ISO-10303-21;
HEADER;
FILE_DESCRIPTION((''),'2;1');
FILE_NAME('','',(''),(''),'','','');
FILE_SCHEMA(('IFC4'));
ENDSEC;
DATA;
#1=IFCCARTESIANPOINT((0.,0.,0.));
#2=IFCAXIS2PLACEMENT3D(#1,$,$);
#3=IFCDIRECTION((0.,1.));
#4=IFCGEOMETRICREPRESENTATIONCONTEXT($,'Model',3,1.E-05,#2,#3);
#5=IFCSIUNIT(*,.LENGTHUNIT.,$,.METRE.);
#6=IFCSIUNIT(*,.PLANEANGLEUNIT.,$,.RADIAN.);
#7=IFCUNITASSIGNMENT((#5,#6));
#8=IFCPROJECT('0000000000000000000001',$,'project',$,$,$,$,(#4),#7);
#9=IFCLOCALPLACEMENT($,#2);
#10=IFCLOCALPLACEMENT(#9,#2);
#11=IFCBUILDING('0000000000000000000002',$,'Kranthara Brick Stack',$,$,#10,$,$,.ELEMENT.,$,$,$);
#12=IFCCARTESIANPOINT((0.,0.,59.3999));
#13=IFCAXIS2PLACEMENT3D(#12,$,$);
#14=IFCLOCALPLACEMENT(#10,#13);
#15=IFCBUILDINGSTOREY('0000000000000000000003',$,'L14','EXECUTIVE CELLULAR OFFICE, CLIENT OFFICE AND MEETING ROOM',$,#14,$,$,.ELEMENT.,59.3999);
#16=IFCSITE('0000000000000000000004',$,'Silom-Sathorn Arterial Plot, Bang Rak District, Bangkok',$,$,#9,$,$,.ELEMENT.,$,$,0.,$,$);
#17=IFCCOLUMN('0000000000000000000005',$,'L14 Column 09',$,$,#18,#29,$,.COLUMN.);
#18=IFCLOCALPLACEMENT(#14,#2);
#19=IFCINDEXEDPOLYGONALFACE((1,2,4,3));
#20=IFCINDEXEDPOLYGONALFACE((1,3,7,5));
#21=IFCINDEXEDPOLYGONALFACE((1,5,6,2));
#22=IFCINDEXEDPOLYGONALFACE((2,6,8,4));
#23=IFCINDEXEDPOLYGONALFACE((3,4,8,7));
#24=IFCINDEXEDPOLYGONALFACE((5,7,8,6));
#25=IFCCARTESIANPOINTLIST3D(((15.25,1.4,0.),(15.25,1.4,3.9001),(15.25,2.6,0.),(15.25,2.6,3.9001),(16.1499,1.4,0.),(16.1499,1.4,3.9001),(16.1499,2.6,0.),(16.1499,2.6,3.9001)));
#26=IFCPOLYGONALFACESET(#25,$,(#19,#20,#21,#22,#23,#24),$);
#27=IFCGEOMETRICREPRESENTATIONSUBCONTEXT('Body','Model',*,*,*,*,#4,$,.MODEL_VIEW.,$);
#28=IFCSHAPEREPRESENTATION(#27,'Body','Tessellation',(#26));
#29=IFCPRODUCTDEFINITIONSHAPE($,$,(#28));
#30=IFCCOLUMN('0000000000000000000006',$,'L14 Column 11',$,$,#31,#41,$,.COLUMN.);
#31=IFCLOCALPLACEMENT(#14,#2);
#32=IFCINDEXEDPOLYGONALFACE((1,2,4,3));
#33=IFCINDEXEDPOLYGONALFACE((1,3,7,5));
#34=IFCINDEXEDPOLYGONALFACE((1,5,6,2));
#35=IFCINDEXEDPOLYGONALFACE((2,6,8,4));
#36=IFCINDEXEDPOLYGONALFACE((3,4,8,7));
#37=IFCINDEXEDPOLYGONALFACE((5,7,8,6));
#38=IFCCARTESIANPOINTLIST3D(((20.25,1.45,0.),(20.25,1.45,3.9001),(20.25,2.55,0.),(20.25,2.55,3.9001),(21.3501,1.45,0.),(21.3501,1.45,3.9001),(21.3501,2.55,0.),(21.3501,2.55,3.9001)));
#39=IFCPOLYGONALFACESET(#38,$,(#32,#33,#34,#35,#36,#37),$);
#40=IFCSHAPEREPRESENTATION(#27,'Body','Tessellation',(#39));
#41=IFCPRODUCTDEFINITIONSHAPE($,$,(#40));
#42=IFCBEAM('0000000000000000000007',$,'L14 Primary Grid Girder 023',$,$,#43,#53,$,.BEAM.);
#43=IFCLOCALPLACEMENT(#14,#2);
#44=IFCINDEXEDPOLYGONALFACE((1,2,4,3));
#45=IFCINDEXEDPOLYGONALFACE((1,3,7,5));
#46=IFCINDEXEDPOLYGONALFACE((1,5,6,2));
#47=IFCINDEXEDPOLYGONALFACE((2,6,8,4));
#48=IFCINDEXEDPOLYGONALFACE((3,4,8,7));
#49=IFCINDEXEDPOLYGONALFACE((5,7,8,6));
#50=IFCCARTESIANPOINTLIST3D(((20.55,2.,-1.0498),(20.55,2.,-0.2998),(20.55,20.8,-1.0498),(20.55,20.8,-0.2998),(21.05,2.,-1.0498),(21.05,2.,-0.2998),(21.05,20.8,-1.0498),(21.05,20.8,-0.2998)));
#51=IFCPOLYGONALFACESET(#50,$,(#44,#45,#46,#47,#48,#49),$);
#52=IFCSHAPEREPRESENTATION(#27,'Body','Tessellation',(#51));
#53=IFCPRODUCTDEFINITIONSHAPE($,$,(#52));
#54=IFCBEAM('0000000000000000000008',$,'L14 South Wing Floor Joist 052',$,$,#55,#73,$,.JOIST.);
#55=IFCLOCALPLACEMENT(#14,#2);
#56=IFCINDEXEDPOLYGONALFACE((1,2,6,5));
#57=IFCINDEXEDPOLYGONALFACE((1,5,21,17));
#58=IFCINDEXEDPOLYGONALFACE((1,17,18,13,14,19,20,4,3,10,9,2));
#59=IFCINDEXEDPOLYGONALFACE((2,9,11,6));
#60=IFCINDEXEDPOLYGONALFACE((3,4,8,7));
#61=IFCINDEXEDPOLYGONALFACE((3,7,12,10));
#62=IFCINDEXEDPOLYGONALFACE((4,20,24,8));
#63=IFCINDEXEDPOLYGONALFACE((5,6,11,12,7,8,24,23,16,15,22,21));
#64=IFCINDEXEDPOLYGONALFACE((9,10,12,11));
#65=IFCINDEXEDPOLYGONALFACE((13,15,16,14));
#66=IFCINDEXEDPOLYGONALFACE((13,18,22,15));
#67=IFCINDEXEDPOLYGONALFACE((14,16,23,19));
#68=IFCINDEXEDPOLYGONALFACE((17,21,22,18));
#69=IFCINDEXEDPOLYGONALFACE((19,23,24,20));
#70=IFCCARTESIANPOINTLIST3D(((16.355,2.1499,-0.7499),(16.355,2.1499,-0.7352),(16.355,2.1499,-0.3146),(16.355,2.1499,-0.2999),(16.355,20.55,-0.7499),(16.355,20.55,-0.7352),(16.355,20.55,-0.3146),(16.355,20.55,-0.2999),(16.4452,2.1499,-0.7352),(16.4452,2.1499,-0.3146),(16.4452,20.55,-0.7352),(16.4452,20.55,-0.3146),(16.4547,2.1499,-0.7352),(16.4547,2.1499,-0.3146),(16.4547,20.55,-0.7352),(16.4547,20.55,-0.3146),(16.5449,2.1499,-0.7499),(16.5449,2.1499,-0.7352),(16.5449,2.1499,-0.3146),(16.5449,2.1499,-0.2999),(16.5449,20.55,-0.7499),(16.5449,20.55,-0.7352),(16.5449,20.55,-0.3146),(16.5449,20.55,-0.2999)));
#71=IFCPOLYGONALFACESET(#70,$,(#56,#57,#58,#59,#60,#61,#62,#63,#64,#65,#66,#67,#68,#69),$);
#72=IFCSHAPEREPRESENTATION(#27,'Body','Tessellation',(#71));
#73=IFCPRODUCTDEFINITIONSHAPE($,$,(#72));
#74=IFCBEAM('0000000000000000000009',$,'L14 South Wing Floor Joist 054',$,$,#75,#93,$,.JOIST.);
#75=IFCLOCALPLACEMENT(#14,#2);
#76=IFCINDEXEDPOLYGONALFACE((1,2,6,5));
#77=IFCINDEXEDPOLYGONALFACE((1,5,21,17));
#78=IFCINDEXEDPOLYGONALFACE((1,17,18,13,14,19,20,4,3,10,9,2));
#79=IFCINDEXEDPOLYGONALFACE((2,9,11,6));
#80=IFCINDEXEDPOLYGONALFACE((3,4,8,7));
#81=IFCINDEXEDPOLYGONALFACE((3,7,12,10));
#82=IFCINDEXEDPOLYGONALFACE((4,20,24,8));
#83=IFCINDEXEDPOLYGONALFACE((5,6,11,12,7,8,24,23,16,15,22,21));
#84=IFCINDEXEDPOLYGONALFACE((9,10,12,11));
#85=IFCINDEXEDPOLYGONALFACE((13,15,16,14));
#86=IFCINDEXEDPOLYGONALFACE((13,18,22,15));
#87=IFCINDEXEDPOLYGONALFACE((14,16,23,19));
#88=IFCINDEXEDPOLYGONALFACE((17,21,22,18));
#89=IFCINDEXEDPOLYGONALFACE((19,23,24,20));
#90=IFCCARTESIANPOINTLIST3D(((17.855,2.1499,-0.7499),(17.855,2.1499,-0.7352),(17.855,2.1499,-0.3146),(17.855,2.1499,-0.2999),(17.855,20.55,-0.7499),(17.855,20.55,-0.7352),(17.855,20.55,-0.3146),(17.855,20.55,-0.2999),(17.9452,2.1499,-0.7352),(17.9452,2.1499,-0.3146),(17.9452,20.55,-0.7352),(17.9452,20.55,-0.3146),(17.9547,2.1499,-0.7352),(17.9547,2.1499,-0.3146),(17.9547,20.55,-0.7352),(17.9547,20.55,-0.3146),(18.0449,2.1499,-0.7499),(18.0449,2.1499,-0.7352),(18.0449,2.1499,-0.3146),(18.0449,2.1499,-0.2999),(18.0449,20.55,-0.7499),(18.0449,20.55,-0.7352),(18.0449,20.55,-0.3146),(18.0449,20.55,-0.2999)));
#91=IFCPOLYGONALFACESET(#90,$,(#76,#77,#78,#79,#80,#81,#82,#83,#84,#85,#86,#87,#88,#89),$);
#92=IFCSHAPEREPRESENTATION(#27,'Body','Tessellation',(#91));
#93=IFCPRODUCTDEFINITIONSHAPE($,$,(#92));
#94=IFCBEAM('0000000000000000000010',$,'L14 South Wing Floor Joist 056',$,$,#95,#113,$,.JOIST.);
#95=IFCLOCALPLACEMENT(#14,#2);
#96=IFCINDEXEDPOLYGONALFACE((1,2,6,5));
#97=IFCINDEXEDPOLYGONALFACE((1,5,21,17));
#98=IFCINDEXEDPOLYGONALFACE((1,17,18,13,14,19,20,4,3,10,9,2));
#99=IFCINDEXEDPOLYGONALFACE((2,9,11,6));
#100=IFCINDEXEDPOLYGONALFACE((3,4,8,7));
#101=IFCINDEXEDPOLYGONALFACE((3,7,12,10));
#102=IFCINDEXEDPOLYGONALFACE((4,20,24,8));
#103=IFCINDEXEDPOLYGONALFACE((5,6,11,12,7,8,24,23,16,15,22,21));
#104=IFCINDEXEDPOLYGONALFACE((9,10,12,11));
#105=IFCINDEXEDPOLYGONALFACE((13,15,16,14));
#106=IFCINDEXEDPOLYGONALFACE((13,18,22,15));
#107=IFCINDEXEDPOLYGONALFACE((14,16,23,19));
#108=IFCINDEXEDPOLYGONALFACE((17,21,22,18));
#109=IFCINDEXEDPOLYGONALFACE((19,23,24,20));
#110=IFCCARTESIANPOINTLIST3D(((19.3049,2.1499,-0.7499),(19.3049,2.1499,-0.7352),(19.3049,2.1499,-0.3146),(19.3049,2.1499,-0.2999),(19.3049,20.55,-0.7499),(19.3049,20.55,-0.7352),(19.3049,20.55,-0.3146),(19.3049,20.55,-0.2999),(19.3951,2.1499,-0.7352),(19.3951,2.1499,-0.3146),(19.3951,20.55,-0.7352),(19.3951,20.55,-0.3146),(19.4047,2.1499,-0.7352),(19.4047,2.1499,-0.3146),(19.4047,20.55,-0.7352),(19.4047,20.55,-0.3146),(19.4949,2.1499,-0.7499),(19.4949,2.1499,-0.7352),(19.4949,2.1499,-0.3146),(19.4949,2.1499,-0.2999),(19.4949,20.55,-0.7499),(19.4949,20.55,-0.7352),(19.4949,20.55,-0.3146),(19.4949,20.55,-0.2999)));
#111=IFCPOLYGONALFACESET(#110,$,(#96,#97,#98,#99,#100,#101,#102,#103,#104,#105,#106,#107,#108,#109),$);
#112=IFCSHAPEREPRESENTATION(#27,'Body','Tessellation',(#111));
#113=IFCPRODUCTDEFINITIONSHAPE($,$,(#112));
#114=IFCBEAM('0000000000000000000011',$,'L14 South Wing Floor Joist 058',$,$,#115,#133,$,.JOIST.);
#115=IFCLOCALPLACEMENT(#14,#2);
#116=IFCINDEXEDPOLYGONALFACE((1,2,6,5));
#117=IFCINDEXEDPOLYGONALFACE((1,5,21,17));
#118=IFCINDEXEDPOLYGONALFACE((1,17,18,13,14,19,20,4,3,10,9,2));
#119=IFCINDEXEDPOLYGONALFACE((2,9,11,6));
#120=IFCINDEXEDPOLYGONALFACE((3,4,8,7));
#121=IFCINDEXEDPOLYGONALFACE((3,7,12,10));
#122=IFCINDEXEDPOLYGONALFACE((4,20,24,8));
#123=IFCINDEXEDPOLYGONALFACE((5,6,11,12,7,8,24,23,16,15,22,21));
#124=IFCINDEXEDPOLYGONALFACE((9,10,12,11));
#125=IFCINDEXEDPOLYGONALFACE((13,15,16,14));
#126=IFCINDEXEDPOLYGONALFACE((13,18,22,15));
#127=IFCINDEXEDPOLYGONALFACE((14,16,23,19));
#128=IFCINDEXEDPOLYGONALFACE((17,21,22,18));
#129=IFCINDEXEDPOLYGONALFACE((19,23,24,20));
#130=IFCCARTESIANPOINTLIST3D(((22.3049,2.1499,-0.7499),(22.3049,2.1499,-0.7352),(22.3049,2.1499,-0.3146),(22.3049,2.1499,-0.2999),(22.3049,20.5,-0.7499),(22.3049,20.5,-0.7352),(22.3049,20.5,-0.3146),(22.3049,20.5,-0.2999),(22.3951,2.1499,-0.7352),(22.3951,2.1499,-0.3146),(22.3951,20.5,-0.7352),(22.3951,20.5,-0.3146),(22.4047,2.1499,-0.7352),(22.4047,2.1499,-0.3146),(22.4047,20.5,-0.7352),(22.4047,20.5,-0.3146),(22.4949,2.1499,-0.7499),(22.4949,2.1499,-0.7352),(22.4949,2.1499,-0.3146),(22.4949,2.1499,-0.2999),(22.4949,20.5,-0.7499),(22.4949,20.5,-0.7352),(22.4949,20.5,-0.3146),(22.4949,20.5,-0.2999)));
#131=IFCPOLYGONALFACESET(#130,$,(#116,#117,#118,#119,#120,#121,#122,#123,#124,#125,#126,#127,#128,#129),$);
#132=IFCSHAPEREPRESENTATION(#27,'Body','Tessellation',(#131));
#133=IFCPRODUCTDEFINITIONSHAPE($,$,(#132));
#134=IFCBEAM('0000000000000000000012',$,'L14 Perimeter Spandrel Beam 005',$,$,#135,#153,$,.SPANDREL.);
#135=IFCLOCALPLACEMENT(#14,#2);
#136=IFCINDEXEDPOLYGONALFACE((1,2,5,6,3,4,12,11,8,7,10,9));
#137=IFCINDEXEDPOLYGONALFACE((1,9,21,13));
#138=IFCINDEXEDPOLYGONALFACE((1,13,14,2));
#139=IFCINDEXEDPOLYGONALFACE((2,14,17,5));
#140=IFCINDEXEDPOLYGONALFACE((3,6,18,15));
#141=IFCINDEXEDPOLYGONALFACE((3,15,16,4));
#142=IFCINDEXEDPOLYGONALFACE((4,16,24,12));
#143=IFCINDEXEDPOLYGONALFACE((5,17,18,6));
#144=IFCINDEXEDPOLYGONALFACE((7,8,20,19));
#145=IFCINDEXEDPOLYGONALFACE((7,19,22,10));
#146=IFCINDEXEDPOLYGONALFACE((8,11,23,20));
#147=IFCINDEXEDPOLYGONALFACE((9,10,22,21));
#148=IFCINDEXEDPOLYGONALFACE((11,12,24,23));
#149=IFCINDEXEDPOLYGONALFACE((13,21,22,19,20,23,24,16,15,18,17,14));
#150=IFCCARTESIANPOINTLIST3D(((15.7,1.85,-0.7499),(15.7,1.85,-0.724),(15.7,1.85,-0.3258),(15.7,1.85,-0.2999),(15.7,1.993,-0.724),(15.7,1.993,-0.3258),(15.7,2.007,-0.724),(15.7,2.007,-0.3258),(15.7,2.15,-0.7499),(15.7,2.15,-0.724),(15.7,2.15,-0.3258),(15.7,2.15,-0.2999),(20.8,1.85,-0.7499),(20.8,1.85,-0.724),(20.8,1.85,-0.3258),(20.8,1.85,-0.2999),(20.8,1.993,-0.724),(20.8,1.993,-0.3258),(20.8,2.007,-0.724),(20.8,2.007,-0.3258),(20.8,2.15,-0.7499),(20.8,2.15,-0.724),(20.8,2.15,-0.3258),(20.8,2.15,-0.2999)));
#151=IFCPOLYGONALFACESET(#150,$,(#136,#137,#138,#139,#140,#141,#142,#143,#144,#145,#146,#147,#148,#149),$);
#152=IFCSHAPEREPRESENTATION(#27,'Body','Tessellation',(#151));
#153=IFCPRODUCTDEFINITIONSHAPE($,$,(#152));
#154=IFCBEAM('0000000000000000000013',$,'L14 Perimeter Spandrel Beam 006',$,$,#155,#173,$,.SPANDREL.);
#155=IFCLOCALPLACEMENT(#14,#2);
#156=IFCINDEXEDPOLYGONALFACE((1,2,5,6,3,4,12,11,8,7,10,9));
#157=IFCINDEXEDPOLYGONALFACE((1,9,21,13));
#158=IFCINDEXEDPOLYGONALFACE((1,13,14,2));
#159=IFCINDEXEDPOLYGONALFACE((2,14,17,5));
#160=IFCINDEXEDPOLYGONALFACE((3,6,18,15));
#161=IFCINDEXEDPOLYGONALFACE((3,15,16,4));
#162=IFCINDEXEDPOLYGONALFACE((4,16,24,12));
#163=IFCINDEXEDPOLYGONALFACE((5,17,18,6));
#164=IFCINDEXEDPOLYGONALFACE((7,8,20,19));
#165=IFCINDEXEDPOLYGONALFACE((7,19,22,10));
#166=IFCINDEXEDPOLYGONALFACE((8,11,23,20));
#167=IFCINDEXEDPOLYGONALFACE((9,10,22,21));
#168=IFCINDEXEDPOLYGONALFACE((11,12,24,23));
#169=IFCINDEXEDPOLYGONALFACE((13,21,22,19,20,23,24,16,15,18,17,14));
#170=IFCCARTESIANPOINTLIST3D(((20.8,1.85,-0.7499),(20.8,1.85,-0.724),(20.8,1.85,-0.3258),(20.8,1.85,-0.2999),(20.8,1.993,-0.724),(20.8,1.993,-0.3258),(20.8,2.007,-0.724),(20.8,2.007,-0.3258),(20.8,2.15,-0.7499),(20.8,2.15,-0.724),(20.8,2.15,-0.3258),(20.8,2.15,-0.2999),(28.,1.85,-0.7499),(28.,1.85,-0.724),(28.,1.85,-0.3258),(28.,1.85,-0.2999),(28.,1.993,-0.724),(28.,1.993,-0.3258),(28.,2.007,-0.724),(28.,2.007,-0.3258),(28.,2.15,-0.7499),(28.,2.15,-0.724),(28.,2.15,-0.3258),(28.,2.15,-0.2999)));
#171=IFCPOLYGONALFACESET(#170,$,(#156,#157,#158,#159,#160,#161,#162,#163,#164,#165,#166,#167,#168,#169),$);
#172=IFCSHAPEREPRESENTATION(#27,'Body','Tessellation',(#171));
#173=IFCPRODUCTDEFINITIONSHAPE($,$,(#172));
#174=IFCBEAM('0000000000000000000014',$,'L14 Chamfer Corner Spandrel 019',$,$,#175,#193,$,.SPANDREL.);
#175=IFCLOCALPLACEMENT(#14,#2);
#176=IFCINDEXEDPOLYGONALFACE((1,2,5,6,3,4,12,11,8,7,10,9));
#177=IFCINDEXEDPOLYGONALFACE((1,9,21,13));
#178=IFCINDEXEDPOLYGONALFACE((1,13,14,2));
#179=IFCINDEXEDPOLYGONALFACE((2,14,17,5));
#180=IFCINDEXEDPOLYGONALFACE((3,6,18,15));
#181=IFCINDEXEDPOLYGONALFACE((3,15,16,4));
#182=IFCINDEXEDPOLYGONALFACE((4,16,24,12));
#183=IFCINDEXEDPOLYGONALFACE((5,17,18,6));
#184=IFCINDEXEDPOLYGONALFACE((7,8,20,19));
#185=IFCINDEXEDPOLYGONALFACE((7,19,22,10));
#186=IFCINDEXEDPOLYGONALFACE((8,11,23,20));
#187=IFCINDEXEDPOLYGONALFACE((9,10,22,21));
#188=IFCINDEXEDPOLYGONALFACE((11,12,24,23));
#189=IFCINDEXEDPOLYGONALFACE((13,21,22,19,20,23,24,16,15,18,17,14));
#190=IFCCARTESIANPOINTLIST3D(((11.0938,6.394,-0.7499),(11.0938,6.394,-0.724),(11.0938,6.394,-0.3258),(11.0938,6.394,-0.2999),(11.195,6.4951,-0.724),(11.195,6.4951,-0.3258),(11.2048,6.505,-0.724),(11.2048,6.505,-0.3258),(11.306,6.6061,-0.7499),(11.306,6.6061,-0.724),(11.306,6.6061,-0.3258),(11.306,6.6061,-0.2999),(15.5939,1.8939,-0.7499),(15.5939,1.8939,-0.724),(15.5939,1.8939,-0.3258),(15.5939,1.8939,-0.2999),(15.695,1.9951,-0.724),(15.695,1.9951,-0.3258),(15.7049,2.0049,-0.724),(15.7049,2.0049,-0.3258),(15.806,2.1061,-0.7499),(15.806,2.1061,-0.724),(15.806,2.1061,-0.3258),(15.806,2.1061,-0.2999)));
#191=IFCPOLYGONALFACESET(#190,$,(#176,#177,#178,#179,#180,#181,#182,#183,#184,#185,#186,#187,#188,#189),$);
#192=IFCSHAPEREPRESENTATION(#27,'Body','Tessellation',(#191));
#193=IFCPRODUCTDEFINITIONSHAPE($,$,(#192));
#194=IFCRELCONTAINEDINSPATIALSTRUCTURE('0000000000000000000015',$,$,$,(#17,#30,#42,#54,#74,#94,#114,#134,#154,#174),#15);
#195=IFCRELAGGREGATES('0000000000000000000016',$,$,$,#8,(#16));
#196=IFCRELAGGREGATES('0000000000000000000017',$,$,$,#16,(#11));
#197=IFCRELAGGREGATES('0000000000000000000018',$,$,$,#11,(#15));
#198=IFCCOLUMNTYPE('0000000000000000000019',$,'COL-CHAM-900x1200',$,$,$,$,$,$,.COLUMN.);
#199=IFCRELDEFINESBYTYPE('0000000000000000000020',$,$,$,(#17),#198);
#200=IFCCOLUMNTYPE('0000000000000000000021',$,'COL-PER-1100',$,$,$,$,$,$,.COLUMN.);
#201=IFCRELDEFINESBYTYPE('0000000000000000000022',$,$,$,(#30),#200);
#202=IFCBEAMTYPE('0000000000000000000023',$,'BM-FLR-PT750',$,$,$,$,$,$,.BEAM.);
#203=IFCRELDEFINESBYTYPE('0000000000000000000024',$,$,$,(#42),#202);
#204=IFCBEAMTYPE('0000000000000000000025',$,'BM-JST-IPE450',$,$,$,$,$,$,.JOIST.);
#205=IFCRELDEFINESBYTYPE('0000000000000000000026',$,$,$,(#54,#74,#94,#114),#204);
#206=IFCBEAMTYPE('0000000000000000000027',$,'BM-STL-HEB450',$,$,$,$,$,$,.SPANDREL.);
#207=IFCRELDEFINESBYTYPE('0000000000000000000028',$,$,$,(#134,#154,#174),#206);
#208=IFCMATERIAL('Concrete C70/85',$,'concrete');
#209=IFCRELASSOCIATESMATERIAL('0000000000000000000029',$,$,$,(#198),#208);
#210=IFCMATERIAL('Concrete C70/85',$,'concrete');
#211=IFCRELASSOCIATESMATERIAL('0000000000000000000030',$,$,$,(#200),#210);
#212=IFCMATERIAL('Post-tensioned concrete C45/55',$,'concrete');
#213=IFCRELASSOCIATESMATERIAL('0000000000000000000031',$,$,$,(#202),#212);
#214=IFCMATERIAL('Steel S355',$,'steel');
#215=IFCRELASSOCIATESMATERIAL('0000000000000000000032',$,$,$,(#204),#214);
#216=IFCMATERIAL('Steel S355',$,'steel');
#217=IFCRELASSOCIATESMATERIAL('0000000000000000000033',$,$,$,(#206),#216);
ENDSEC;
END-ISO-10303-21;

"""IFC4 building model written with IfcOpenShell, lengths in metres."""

from ifc_helpers import new_model, si_unit, direction, frame, origin, origin_2d, place, context, subcontext, project, spatial, rectangle, i_section, extrude, material, material_profile, profile_set, type_object, element, save


model = new_model("IFC4")

# Units and contexts
model_context = context("Model", 3, precision=1e-05, world=origin(), true_north=direction((0.0, 1.0)))
body_context = subcontext(model_context, "Body", "Model", "MODEL_VIEW")
ifc_project = project(units=[si_unit("LENGTHUNIT", "METRE"), si_unit("PLANEANGLEUNIT", "RADIAN")], contexts=[model_context])

# Site, building, storey
site_placement = place(None, origin())
site = spatial("IfcSite", under=ifc_project, at=site_placement, Name="Silom-Sathorn Arterial Plot, Bang Rak District, Bangkok", CompositionType="ELEMENT", RefElevation=0.0)
building_placement = place(site_placement, origin())
building = spatial("IfcBuilding", under=site, at=building_placement, Name="Kranthara Brick Stack", CompositionType="ELEMENT")
storey_placement = place(building_placement, frame((0.0, 0.0, 59.3999)))
storey = spatial("IfcBuildingStorey", under=building, at=storey_placement, Name="L14", Description="EXECUTIVE CELLULAR OFFICE, CLIENT OFFICE AND MEETING ROOM", CompositionType="ELEMENT", Elevation=59.3999)

# Columns
ifc_material_1 = material(Name="Concrete C70/85", Category="concrete")
ifc_material_profile_1 = material_profile(ifc_material_1, rectangle(XDim=0.8999, YDim=1.2, at=origin_2d()), Name="RC 900x1200")
ifc_profile_set_1 = profile_set([ifc_material_profile_1], Name="Concrete C70/85")
column_type_1 = type_object("IfcColumnType", Name="COL-CHAM-900x1200", PredefinedType="COLUMN", material=ifc_profile_set_1)
column_1_placement = place(storey_placement, frame((15.7, 2.0, 0.0), z_axis=(0.0, 0.0, 1.0), x_axis=(1.0, 0.0, 0.0)))
element("IfcColumn", 1, at=column_1_placement, inside=storey, type_object=column_type_1, Name="L14 Column 09", PredefinedType="COLUMN", context=body_context, shape_type="SweptSolid", body=[
    extrude(rectangle(XDim=0.8999, YDim=1.2, at=origin_2d()), origin(), (0.0, 0.0, 1.0), 3.9001),
])
ifc_material_2 = material(Name="Concrete C70/85", Category="concrete")
ifc_material_profile_2 = material_profile(ifc_material_2, rectangle(XDim=1.1001, YDim=1.1001, at=origin_2d()), Name="RC 1100x1100")
ifc_profile_set_2 = profile_set([ifc_material_profile_2], Name="Concrete C70/85")
column_type_2 = type_object("IfcColumnType", Name="COL-PER-1100", PredefinedType="COLUMN", material=ifc_profile_set_2)
column_2_placement = place(storey_placement, frame((20.8, 2.0, 0.0), z_axis=(0.0, 0.0, 1.0), x_axis=(1.0, 0.0, 0.0)))
element("IfcColumn", 2, at=column_2_placement, inside=storey, type_object=column_type_2, Name="L14 Column 11", PredefinedType="COLUMN", context=body_context, shape_type="SweptSolid", body=[
    extrude(rectangle(XDim=1.1001, YDim=1.1001, at=origin_2d()), origin(), (0.0, 0.0, 1.0), 3.9001),
])

# Beams
ifc_material_3 = material(Name="Post-tensioned concrete C45/55", Category="concrete")
ifc_material_profile_3 = material_profile(ifc_material_3, rectangle(XDim=0.5, YDim=0.75, at=origin_2d()), Name="PT 500x750")
ifc_profile_set_3 = profile_set([ifc_material_profile_3], Name="Post-tensioned concrete C45/55")
beam_type_1 = type_object("IfcBeamType", Name="BM-FLR-PT750", PredefinedType="BEAM", material=ifc_profile_set_3)
beam_1_placement = place(storey_placement, frame((20.8, 2.0, -0.6748), z_axis=(0.0, 1.0, 0.0), x_axis=(-1.0, 0.0, 0.0)))
element("IfcBeam", 3, at=beam_1_placement, inside=storey, type_object=beam_type_1, Name="L14 Primary Grid Girder 023", PredefinedType="BEAM", context=body_context, shape_type="SweptSolid", body=[
    extrude(rectangle(XDim=0.5, YDim=0.75, at=origin_2d()), origin(), (0.0, 0.0, 1.0), 18.8),
])
ifc_material_4 = material(Name="Steel S355", Category="steel")
ifc_material_profile_4 = material_profile(ifc_material_4, i_section(OverallWidth=0.1899, OverallDepth=0.45, WebThickness=0.0095, FlangeThickness=0.0146, at=origin_2d()), Name="IPE 450")
ifc_profile_set_4 = profile_set([ifc_material_profile_4], Name="Steel S355")
beam_type_2 = type_object("IfcBeamType", Name="BM-JST-IPE450", PredefinedType="JOIST", material=ifc_profile_set_4)
for number, where, z_axis, x_axis, name in (
    (4, (16.45, 2.1499, -0.5249), (0.0, 1.0, 0.0), (-1.0, 0.0, 0.0), "L14 South Wing Floor Joist 052"),
    (5, (17.95, 2.1499, -0.5249), (0.0, 1.0, 0.0), (-1.0, 0.0, 0.0), "L14 South Wing Floor Joist 054"),
    (6, (19.3999, 2.1499, -0.5249), (0.0, 1.0, 0.0), (-1.0, 0.0, 0.0), "L14 South Wing Floor Joist 056"),
):
    element("IfcBeam", number, at=place(storey_placement, frame(where, z_axis=z_axis, x_axis=x_axis)), inside=storey, type_object=beam_type_2, Name=name, PredefinedType="JOIST", context=body_context, shape_type="SweptSolid", body=[
        extrude(i_section(OverallWidth=0.1899, OverallDepth=0.45, WebThickness=0.0095, FlangeThickness=0.0146, at=origin_2d()), origin(), (0.0, 0.0, 1.0), 18.4001),
    ])
beam_2_placement = place(storey_placement, frame((22.3999, 2.1499, -0.5249), z_axis=(0.0, 1.0, 0.0), x_axis=(-1.0, 0.0, 0.0)))
element("IfcBeam", 7, at=beam_2_placement, inside=storey, type_object=beam_type_2, Name="L14 South Wing Floor Joist 058", PredefinedType="JOIST", context=body_context, shape_type="SweptSolid", body=[
    extrude(i_section(OverallWidth=0.1899, OverallDepth=0.45, WebThickness=0.0095, FlangeThickness=0.0146, at=origin_2d()), origin(), (0.0, 0.0, 1.0), 18.3501),
])
ifc_material_5 = material(Name="Steel S355", Category="steel")
ifc_material_profile_5 = material_profile(ifc_material_5, i_section(OverallWidth=0.3, OverallDepth=0.45, WebThickness=0.0139, FlangeThickness=0.0259, at=origin_2d()), Name="HEB 450")
ifc_profile_set_5 = profile_set([ifc_material_profile_5], Name="Steel S355")
beam_type_3 = type_object("IfcBeamType", Name="BM-STL-HEB450", PredefinedType="SPANDREL", material=ifc_profile_set_5)
beam_3_placement = place(storey_placement, frame((15.7, 2.0, -0.5249), z_axis=(1.0, 0.0, 0.0), x_axis=(0.0, 1.0, 0.0)))
element("IfcBeam", 8, at=beam_3_placement, inside=storey, type_object=beam_type_3, Name="L14 Perimeter Spandrel Beam 005", PredefinedType="SPANDREL", context=body_context, shape_type="SweptSolid", body=[
    extrude(i_section(OverallWidth=0.3, OverallDepth=0.45, WebThickness=0.0139, FlangeThickness=0.0259, at=origin_2d()), origin(), (0.0, 0.0, 1.0), 5.1001),
])
beam_4_placement = place(storey_placement, frame((20.8, 2.0, -0.5249), z_axis=(1.0, 0.0, 0.0), x_axis=(0.0, 1.0, 0.0)))
element("IfcBeam", 9, at=beam_4_placement, inside=storey, type_object=beam_type_3, Name="L14 Perimeter Spandrel Beam 006", PredefinedType="SPANDREL", context=body_context, shape_type="SweptSolid", body=[
    extrude(i_section(OverallWidth=0.3, OverallDepth=0.45, WebThickness=0.0139, FlangeThickness=0.0259, at=origin_2d()), origin(), (0.0, 0.0, 1.0), 7.2),
])
beam_5_placement = place(storey_placement, frame((15.7, 2.0, -0.5249), z_axis=(-0.707107, 0.707107, 0.0), x_axis=(-0.707107, -0.707107, 0.0)))
element("IfcBeam", 10, at=beam_5_placement, inside=storey, type_object=beam_type_3, Name="L14 Chamfer Corner Spandrel 019", PredefinedType="SPANDREL", context=body_context, shape_type="SweptSolid", body=[
    extrude(i_section(OverallWidth=0.3, OverallDepth=0.45, WebThickness=0.0139, FlangeThickness=0.0259, at=origin_2d()), origin(), (0.0, 0.0, 1.0), 6.364),
])

save(model, "model.ifc")
